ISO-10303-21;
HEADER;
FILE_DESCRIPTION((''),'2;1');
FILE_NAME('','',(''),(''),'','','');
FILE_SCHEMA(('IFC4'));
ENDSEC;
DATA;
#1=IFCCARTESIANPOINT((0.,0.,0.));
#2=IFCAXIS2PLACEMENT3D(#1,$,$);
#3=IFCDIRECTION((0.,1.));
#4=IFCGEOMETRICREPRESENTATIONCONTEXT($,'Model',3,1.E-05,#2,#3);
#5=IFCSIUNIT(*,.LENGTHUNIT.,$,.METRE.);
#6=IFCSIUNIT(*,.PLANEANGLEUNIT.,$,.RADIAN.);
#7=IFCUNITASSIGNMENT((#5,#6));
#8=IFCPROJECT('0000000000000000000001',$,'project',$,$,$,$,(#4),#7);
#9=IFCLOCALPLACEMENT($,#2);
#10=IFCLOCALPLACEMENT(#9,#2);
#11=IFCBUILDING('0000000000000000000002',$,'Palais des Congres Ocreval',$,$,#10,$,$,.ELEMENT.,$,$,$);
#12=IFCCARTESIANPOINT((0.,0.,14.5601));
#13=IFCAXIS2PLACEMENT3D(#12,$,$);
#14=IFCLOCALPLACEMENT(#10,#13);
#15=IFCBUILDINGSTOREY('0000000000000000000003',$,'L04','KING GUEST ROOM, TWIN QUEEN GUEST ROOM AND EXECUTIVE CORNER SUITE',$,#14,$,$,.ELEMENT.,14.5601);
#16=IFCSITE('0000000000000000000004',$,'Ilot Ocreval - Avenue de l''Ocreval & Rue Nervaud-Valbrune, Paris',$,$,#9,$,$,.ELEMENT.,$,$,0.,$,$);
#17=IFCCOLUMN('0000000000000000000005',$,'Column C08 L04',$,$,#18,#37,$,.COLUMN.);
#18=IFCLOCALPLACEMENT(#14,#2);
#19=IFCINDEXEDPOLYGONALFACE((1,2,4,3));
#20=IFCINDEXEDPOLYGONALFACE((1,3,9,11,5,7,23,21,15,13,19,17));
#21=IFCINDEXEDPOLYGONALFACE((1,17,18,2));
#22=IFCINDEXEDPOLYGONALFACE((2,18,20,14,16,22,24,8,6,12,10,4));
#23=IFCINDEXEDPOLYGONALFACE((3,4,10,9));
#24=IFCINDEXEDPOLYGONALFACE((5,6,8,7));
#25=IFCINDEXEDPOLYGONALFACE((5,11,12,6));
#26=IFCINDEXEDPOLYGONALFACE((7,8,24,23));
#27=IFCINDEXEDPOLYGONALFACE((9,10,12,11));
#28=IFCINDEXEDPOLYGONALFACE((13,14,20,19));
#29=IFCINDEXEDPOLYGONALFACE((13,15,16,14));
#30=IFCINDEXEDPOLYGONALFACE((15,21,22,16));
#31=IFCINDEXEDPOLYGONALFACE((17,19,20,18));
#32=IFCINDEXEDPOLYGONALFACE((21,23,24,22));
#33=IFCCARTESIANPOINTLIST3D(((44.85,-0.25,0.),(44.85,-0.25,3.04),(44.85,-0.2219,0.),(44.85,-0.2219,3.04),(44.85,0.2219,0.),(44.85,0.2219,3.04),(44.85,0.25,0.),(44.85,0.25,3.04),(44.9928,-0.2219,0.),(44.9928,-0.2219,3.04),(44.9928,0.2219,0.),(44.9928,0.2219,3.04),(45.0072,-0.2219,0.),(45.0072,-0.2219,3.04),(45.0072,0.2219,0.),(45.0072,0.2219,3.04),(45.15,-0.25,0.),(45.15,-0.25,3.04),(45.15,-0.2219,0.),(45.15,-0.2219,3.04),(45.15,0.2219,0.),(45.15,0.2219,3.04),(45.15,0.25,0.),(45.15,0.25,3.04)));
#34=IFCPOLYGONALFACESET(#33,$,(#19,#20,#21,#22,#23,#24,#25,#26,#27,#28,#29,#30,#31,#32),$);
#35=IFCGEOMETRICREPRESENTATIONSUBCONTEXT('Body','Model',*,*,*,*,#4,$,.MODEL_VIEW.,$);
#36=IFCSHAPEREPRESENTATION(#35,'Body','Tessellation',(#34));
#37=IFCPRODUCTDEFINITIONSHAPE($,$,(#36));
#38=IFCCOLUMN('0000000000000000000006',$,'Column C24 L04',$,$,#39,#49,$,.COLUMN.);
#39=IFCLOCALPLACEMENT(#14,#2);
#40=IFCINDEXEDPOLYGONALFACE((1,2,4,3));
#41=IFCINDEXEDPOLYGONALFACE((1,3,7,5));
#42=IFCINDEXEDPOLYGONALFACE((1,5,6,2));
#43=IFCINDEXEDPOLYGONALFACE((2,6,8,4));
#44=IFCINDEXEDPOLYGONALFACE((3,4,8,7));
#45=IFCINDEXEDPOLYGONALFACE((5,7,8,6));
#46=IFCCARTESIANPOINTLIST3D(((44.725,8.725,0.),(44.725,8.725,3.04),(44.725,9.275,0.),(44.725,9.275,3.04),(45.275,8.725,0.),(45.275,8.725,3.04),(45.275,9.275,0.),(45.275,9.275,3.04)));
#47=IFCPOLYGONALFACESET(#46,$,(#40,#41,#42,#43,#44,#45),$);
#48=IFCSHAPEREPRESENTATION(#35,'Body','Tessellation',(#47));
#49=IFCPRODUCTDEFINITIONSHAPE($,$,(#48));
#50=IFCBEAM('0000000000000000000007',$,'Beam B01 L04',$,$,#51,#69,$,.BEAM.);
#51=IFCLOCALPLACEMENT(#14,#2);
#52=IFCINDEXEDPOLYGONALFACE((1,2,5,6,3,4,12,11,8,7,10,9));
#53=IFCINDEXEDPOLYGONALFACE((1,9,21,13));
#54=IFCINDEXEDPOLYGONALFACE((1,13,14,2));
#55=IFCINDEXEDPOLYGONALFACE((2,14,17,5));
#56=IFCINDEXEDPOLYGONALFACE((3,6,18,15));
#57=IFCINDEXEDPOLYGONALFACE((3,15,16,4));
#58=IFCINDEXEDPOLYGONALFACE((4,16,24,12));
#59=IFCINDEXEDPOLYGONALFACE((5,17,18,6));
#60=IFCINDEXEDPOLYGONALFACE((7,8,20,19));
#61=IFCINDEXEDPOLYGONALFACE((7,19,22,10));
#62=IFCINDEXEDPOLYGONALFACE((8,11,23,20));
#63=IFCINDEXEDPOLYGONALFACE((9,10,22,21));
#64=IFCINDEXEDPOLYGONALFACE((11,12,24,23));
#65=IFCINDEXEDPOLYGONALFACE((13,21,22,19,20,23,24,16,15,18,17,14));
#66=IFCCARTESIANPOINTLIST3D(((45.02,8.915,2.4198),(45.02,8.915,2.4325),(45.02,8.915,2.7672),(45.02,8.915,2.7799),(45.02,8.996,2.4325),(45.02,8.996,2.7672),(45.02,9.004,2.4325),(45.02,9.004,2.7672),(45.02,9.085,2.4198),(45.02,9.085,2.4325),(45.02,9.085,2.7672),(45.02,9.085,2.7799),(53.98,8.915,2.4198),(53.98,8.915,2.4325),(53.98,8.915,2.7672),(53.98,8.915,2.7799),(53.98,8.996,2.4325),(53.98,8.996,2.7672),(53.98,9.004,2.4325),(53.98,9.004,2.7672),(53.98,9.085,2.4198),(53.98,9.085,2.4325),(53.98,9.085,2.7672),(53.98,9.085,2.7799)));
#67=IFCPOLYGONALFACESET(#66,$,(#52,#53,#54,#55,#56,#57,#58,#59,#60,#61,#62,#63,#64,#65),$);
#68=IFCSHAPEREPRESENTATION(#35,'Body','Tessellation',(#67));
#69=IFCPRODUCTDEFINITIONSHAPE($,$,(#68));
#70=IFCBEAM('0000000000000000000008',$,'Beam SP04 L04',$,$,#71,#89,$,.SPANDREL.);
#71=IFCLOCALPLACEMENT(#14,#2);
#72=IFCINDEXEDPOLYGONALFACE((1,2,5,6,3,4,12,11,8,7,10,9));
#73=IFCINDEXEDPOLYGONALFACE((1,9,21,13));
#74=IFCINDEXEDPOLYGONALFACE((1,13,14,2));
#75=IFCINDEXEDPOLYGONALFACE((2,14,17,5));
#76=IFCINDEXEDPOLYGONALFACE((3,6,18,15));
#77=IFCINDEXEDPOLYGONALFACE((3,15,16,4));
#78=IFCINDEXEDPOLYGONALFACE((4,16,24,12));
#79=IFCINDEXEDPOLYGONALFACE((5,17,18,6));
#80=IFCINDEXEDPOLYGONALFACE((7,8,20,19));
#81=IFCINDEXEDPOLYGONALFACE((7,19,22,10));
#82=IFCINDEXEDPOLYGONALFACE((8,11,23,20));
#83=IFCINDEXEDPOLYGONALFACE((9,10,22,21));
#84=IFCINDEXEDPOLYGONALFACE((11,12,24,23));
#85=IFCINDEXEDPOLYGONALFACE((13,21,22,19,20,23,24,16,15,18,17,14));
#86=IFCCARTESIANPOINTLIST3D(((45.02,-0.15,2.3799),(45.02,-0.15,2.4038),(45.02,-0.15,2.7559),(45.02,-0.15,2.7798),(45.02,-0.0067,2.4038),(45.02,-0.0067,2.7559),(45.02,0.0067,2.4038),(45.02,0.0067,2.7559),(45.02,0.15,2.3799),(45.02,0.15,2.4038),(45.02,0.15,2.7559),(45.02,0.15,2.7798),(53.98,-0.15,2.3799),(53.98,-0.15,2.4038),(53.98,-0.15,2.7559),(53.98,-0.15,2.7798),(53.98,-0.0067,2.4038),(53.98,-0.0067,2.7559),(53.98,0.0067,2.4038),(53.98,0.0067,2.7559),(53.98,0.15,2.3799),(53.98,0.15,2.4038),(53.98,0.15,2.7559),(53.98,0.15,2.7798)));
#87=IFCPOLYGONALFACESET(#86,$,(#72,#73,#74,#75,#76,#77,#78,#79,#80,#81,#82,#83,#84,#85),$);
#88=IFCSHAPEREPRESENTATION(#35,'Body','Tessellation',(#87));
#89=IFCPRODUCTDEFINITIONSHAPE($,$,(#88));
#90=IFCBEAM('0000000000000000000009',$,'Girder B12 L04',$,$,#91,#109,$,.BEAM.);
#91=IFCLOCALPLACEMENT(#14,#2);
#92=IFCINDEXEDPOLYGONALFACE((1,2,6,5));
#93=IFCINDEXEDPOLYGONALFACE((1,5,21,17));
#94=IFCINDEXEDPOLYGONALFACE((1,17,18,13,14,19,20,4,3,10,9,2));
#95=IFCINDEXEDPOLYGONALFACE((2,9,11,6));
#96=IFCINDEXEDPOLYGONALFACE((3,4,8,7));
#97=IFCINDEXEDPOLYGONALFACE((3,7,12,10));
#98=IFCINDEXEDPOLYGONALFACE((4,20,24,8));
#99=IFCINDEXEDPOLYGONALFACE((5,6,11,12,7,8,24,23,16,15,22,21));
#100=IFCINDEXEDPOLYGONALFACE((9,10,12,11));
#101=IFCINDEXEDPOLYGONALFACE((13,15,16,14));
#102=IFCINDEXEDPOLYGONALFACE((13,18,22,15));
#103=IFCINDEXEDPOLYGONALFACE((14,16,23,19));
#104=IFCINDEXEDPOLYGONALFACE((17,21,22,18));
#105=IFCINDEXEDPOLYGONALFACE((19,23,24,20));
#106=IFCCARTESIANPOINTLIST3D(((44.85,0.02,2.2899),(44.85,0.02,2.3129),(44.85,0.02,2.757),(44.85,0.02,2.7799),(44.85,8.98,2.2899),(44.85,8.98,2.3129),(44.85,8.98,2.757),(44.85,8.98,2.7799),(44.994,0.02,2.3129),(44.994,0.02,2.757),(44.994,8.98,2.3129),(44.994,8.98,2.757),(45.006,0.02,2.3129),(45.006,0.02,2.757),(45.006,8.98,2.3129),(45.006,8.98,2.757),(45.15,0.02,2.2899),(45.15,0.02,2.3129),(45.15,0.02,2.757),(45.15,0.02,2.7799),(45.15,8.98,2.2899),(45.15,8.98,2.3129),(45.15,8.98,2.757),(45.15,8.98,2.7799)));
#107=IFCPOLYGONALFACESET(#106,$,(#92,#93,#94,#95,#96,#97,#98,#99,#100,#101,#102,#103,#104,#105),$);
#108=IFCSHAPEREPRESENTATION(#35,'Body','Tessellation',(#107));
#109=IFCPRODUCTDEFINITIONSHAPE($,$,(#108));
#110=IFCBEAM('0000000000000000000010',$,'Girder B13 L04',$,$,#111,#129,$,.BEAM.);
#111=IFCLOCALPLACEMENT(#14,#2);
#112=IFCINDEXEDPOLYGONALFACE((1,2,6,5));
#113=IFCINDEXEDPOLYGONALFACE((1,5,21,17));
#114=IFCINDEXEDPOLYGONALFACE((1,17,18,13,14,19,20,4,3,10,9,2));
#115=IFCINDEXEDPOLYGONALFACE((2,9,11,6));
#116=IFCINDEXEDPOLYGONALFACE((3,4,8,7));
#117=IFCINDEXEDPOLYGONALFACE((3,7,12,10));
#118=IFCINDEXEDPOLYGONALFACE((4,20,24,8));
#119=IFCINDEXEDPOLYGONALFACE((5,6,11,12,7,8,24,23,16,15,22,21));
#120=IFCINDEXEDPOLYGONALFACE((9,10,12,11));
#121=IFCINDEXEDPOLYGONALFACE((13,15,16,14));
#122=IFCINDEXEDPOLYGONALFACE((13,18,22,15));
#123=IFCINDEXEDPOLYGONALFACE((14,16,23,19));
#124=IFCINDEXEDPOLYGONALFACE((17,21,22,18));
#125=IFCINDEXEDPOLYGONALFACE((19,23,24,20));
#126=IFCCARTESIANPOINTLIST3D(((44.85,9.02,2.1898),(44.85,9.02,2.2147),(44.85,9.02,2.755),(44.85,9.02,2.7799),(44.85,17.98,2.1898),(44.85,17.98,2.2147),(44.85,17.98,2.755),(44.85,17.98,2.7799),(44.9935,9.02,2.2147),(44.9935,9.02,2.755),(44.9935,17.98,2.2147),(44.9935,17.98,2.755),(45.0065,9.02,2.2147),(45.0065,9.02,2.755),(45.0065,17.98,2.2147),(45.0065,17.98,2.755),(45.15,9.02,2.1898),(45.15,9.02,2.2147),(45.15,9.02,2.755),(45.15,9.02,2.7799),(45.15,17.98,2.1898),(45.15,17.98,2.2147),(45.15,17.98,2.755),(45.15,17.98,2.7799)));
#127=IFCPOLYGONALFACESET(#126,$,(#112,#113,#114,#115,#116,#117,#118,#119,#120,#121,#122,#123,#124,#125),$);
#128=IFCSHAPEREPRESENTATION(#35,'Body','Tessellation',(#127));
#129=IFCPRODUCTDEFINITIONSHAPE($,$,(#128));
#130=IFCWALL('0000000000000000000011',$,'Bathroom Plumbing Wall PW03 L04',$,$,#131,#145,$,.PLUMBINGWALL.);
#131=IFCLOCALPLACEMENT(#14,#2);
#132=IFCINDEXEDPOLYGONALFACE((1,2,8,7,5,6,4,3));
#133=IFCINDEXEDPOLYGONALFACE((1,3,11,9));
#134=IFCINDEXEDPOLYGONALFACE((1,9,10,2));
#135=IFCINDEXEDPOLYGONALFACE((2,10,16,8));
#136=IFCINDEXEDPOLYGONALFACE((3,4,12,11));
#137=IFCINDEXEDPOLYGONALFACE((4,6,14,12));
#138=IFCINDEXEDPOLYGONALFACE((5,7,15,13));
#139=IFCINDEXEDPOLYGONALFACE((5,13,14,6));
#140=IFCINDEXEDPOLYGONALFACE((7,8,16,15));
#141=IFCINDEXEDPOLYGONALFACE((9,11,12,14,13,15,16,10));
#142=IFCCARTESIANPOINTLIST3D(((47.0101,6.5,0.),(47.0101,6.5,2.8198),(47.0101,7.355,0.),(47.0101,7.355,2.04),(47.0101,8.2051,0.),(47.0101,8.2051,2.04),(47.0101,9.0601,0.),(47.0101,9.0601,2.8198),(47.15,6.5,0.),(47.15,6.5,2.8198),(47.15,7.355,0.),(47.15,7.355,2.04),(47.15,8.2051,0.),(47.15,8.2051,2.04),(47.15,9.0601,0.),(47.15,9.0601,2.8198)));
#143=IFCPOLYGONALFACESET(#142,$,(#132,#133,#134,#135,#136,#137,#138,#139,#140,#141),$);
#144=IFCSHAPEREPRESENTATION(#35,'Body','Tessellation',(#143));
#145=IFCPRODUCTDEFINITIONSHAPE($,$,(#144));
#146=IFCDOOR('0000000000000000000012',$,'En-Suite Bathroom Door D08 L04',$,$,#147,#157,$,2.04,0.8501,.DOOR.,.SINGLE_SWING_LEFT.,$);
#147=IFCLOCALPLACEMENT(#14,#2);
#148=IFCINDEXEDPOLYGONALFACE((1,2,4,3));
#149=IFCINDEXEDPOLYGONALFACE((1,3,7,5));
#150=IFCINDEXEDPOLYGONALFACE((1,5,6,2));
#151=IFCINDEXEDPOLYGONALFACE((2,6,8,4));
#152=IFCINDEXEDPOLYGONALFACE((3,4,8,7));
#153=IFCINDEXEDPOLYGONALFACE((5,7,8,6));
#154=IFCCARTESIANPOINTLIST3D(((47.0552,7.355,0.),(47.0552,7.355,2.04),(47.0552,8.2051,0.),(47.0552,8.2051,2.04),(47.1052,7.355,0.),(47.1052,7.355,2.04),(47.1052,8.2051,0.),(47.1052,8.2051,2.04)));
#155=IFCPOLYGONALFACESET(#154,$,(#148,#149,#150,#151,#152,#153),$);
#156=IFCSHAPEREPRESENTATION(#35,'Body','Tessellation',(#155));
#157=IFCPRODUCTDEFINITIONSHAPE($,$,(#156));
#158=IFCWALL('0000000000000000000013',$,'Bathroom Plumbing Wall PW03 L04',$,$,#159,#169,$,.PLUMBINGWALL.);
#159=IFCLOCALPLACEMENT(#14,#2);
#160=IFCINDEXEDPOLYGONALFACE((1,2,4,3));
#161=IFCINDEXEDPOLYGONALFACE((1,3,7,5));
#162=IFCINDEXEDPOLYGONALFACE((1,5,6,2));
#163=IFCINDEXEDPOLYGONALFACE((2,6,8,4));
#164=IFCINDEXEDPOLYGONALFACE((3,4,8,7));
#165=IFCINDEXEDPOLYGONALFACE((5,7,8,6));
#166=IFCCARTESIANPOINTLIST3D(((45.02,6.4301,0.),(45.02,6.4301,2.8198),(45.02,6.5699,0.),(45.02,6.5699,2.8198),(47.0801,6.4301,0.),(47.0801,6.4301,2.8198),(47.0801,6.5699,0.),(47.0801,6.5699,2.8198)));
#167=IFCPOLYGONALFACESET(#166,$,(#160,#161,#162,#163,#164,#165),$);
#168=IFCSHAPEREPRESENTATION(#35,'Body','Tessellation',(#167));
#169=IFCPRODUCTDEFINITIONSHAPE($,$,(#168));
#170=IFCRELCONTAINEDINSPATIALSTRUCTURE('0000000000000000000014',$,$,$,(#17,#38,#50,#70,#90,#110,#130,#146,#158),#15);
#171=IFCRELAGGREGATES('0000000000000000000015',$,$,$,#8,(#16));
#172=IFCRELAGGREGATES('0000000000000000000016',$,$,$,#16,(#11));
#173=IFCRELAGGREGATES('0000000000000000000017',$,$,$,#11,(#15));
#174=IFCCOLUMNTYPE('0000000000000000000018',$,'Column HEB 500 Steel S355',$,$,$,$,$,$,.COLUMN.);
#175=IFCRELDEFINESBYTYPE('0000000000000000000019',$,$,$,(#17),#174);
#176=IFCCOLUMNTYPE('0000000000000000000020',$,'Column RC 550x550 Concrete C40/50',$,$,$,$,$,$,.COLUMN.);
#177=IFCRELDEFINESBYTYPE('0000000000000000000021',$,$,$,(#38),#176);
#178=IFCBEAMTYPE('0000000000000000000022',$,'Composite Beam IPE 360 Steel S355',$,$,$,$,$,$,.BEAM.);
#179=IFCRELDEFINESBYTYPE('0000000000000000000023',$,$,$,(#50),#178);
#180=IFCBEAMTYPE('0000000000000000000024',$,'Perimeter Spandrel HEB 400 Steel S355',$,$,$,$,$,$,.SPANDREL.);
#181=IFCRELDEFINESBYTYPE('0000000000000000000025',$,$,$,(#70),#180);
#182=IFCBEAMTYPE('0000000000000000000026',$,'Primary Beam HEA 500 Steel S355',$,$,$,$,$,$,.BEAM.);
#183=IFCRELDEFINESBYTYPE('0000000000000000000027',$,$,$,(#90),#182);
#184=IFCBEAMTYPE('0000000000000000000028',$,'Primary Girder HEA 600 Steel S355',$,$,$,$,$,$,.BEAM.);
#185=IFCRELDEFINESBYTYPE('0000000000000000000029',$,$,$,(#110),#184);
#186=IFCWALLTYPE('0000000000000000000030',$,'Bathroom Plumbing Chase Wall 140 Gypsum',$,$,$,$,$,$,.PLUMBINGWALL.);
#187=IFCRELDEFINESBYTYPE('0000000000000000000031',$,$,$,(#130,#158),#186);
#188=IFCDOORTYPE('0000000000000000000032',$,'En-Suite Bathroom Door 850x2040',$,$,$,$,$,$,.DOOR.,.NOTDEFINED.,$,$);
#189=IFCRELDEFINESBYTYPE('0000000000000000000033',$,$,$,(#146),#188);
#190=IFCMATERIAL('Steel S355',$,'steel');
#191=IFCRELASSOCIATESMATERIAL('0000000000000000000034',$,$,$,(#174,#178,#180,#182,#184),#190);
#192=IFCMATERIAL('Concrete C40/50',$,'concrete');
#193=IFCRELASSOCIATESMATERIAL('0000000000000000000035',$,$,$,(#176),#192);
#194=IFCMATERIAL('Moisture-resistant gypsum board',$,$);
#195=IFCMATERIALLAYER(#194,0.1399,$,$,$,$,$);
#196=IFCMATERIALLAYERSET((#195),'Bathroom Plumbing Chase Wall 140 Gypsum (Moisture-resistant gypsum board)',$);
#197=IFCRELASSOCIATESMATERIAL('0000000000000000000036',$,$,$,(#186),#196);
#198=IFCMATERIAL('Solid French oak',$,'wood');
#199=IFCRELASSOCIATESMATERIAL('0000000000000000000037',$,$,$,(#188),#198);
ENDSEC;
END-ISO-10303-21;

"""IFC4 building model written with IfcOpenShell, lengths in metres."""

from ifc_helpers import new_model, si_unit, direction, frame, frame_2d, origin, origin_2d, place, context, subcontext, project, spatial, rectangle, i_section, extrude, material, layer, layer_set, material_profile, profile_set, type_object, element, fill, save


model = new_model("IFC4")

# Units and contexts
model_context = context("Model", 3, precision=1e-05, world=origin(), true_north=direction((0.0, 1.0)))
body_context = subcontext(model_context, "Body", "Model", "MODEL_VIEW")
ifc_project = project(units=[si_unit("LENGTHUNIT", "METRE"), si_unit("PLANEANGLEUNIT", "RADIAN")], contexts=[model_context])

# Site, building, storey
site_placement = place(None, origin())
site = spatial("IfcSite", under=ifc_project, at=site_placement, Name="Ilot Ocreval - Avenue de l'Ocreval & Rue Nervaud-Valbrune, Paris", CompositionType="ELEMENT", RefElevation=0.0)
building_placement = place(site_placement, origin())
building = spatial("IfcBuilding", under=site, at=building_placement, Name="Palais des Congres Ocreval", CompositionType="ELEMENT")
storey_placement = place(building_placement, frame((0.0, 0.0, 14.5601)))
storey = spatial("IfcBuildingStorey", under=building, at=storey_placement, Name="L04", Description="KING GUEST ROOM, TWIN QUEEN GUEST ROOM AND EXECUTIVE CORNER SUITE", CompositionType="ELEMENT", Elevation=14.5601)

# Columns
ifc_material_1 = material(Name="Steel S355", Category="steel")
ifc_material_profile_1 = material_profile(ifc_material_1, i_section(OverallWidth=0.3, OverallDepth=0.5, WebThickness=0.0144, FlangeThickness=0.0281, at=origin_2d()), Name="HEB 500")
ifc_profile_set_1 = profile_set([ifc_material_profile_1], Name="Steel S355")
column_type_1 = type_object("IfcColumnType", Name="Column HEB 500 Steel S355", PredefinedType="COLUMN", material=ifc_profile_set_1)
column_1_placement = place(storey_placement, frame((45.0, 0.0, 0.0), z_axis=(0.0, 0.0, 1.0), x_axis=(1.0, 0.0, 0.0)))
element("IfcColumn", 1, at=column_1_placement, inside=storey, type_object=column_type_1, Name="Column C08 L04", PredefinedType="COLUMN", context=body_context, shape_type="SweptSolid", body=[
    extrude(i_section(OverallWidth=0.3, OverallDepth=0.5, WebThickness=0.0144, FlangeThickness=0.0281, at=origin_2d()), origin(), (0.0, 0.0, 1.0), 3.04),
])
ifc_material_2 = material(Name="Concrete C40/50", Category="concrete")
ifc_material_profile_2 = material_profile(ifc_material_2, rectangle(XDim=0.55, YDim=0.55, at=origin_2d()), Name="RC 550x550")
ifc_profile_set_2 = profile_set([ifc_material_profile_2], Name="Concrete C40/50")
column_type_2 = type_object("IfcColumnType", Name="Column RC 550x550 Concrete C40/50", PredefinedType="COLUMN", material=ifc_profile_set_2)
column_2_placement = place(storey_placement, frame((45.0, 9.0, 0.0), z_axis=(0.0, 0.0, 1.0), x_axis=(1.0, 0.0, 0.0)))
element("IfcColumn", 2, at=column_2_placement, inside=storey, type_object=column_type_2, Name="Column C24 L04", PredefinedType="COLUMN", context=body_context, shape_type="SweptSolid", body=[
    extrude(rectangle(XDim=0.55, YDim=0.55, at=origin_2d()), origin(), (0.0, 0.0, 1.0), 3.04),
])

# Beams
ifc_material_profile_3 = material_profile(ifc_material_1, i_section(OverallWidth=0.1699, OverallDepth=0.3601, WebThickness=0.0081, FlangeThickness=0.0127, at=origin_2d()), Name="IPE 360")
ifc_profile_set_3 = profile_set([ifc_material_profile_3], Name="Steel S355")
beam_type_1 = type_object("IfcBeamType", Name="Composite Beam IPE 360 Steel S355", PredefinedType="BEAM", material=ifc_profile_set_3)
beam_1_placement = place(storey_placement, frame((45.02, 9.0, 2.5999), z_axis=(1.0, 0.0, 0.0), x_axis=(0.0, 1.0, 0.0)))
element("IfcBeam", 3, at=beam_1_placement, inside=storey, type_object=beam_type_1, Name="Beam B01 L04", PredefinedType="BEAM", context=body_context, shape_type="SweptSolid", body=[
    extrude(i_section(OverallWidth=0.1699, OverallDepth=0.3601, WebThickness=0.0081, FlangeThickness=0.0127, at=origin_2d()), origin(), (0.0, 0.0, 1.0), 8.96),
])
ifc_material_profile_4 = material_profile(ifc_material_1, i_section(OverallWidth=0.3, OverallDepth=0.3999, WebThickness=0.0134, FlangeThickness=0.0239, at=origin_2d()), Name="HEB 400")
ifc_profile_set_4 = profile_set([ifc_material_profile_4], Name="Steel S355")
beam_type_2 = type_object("IfcBeamType", Name="Perimeter Spandrel HEB 400 Steel S355", PredefinedType="SPANDREL", material=ifc_profile_set_4)
beam_2_placement = place(storey_placement, frame((45.02, 0.0, 2.5798), z_axis=(1.0, 0.0, 0.0), x_axis=(0.0, 1.0, 0.0)))
element("IfcBeam", 4, at=beam_2_placement, inside=storey, type_object=beam_type_2, Name="Beam SP04 L04", PredefinedType="SPANDREL", context=body_context, shape_type="SweptSolid", body=[
    extrude(i_section(OverallWidth=0.3, OverallDepth=0.3999, WebThickness=0.0134, FlangeThickness=0.0239, at=origin_2d()), origin(), (0.0, 0.0, 1.0), 8.96),
])
ifc_material_profile_5 = material_profile(ifc_material_1, i_section(OverallWidth=0.3, OverallDepth=0.49, WebThickness=0.012, FlangeThickness=0.0229, at=origin_2d()), Name="HEA 500")
ifc_profile_set_5 = profile_set([ifc_material_profile_5], Name="Steel S355")
beam_type_3 = type_object("IfcBeamType", Name="Primary Beam HEA 500 Steel S355", PredefinedType="BEAM", material=ifc_profile_set_5)
beam_3_placement = place(storey_placement, frame((45.0, 0.02, 2.5349), z_axis=(0.0, 1.0, 0.0), x_axis=(-1.0, 0.0, 0.0)))
element("IfcBeam", 5, at=beam_3_placement, inside=storey, type_object=beam_type_3, Name="Girder B12 L04", PredefinedType="BEAM", context=body_context, shape_type="SweptSolid", body=[
    extrude(i_section(OverallWidth=0.3, OverallDepth=0.49, WebThickness=0.012, FlangeThickness=0.0229, at=origin_2d()), origin(), (0.0, 0.0, 1.0), 8.96),
])
ifc_material_profile_6 = material_profile(ifc_material_1, i_section(OverallWidth=0.3, OverallDepth=0.5901, WebThickness=0.0129, FlangeThickness=0.0249, at=origin_2d()), Name="HEA 600")
ifc_profile_set_6 = profile_set([ifc_material_profile_6], Name="Steel S355")
beam_type_4 = type_object("IfcBeamType", Name="Primary Girder HEA 600 Steel S355", PredefinedType="BEAM", material=ifc_profile_set_6)
beam_4_placement = place(storey_placement, frame((45.0, 9.02, 2.4849), z_axis=(0.0, 1.0, 0.0), x_axis=(-1.0, 0.0, 0.0)))
element("IfcBeam", 6, at=beam_4_placement, inside=storey, type_object=beam_type_4, Name="Girder B13 L04", PredefinedType="BEAM", context=body_context, shape_type="SweptSolid", body=[
    extrude(i_section(OverallWidth=0.3, OverallDepth=0.5901, WebThickness=0.0129, FlangeThickness=0.0249, at=origin_2d()), origin(), (0.0, 0.0, 1.0), 8.96),
])

# Wall, opening, door
ifc_material_3 = material(Name="Moisture-resistant gypsum board")
ifc_layer_1 = layer(ifc_material_3, 0.1399)
ifc_layer_set_1 = layer_set([ifc_layer_1], Name="Bathroom Plumbing Chase Wall 140 Gypsum (Moisture-resistant gypsum board)")
wall_type_1 = type_object("IfcWallType", Name="Bathroom Plumbing Chase Wall 140 Gypsum", PredefinedType="PLUMBINGWALL", material=ifc_layer_set_1)
wall_1_placement = place(storey_placement, frame((47.0801, 6.5, 0.0), z_axis=(0.0, 0.0, 1.0), x_axis=(0.0, 1.0, 0.0)))
wall_1 = element("IfcWall", 7, at=wall_1_placement, inside=storey, type_object=wall_type_1, Name="Bathroom Plumbing Wall PW03 L04", PredefinedType="PLUMBINGWALL", context=body_context, shape_type="SweptSolid", body=[
    extrude(rectangle(XDim=2.5601, YDim=0.1399, at=frame_2d((1.28, 0.0))), origin(), (0.0, 0.0, 1.0), 2.8198),
])
opening_1_placement = place(wall_1_placement, frame((0.855, 0.0, 0.0)))
opening_1 = element("IfcOpeningElement", 8, at=opening_1_placement, cuts=wall_1, PredefinedType="OPENING", context=body_context, shape_type="SweptSolid", body=[
    extrude(rectangle(XDim=0.8501, YDim=2.04, at=frame_2d((0.425, 1.02))), frame((0.0, 0.0798, 0.0), z_axis=(0.0, -1.0, 0.0), x_axis=(1.0, 0.0, 0.0)), (0.0, 0.0, 1.0), 0.1599),
])
ifc_material_4 = material(Name="Solid French oak", Category="wood")
door_type_1 = type_object("IfcDoorType", Name="En-Suite Bathroom Door 850x2040", OperationType="NOTDEFINED", PredefinedType="DOOR", material=ifc_material_4)
door_1_placement = place(opening_1_placement, origin())
door_1 = element("IfcDoor", 9, at=door_1_placement, inside=storey, type_object=door_type_1, Name="En-Suite Bathroom Door D08 L04", OperationType="SINGLE_SWING_LEFT", OverallHeight=2.04, OverallWidth=0.8501, PredefinedType="DOOR", context=body_context, shape_type="SweptSolid", body=[
    extrude(rectangle(XDim=0.8501, YDim=2.04, at=frame_2d((0.425, 1.02))), frame((0.0, 0.0249, 0.0), z_axis=(0.0, -1.0, 0.0), x_axis=(1.0, 0.0, 0.0)), (0.0, 0.0, 1.0), 0.05),
])
fill(opening_1, door_1)

# Wall
for number, where, z_axis, x_axis, name in (
    (10, (45.02, 6.5, 0.0), (0.0, 0.0, 1.0), (1.0, 0.0, 0.0), "Bathroom Plumbing Wall PW03 L04"),
):
    element("IfcWall", number, at=place(storey_placement, frame(where, z_axis=z_axis, x_axis=x_axis)), inside=storey, type_object=wall_type_1, Name=name, PredefinedType="PLUMBINGWALL", context=body_context, shape_type="SweptSolid", body=[
        extrude(rectangle(XDim=2.0601, YDim=0.1399, at=frame_2d((1.03, 0.0))), origin(), (0.0, 0.0, 1.0), 2.8198),
    ])

save(model, "model.ifc")
